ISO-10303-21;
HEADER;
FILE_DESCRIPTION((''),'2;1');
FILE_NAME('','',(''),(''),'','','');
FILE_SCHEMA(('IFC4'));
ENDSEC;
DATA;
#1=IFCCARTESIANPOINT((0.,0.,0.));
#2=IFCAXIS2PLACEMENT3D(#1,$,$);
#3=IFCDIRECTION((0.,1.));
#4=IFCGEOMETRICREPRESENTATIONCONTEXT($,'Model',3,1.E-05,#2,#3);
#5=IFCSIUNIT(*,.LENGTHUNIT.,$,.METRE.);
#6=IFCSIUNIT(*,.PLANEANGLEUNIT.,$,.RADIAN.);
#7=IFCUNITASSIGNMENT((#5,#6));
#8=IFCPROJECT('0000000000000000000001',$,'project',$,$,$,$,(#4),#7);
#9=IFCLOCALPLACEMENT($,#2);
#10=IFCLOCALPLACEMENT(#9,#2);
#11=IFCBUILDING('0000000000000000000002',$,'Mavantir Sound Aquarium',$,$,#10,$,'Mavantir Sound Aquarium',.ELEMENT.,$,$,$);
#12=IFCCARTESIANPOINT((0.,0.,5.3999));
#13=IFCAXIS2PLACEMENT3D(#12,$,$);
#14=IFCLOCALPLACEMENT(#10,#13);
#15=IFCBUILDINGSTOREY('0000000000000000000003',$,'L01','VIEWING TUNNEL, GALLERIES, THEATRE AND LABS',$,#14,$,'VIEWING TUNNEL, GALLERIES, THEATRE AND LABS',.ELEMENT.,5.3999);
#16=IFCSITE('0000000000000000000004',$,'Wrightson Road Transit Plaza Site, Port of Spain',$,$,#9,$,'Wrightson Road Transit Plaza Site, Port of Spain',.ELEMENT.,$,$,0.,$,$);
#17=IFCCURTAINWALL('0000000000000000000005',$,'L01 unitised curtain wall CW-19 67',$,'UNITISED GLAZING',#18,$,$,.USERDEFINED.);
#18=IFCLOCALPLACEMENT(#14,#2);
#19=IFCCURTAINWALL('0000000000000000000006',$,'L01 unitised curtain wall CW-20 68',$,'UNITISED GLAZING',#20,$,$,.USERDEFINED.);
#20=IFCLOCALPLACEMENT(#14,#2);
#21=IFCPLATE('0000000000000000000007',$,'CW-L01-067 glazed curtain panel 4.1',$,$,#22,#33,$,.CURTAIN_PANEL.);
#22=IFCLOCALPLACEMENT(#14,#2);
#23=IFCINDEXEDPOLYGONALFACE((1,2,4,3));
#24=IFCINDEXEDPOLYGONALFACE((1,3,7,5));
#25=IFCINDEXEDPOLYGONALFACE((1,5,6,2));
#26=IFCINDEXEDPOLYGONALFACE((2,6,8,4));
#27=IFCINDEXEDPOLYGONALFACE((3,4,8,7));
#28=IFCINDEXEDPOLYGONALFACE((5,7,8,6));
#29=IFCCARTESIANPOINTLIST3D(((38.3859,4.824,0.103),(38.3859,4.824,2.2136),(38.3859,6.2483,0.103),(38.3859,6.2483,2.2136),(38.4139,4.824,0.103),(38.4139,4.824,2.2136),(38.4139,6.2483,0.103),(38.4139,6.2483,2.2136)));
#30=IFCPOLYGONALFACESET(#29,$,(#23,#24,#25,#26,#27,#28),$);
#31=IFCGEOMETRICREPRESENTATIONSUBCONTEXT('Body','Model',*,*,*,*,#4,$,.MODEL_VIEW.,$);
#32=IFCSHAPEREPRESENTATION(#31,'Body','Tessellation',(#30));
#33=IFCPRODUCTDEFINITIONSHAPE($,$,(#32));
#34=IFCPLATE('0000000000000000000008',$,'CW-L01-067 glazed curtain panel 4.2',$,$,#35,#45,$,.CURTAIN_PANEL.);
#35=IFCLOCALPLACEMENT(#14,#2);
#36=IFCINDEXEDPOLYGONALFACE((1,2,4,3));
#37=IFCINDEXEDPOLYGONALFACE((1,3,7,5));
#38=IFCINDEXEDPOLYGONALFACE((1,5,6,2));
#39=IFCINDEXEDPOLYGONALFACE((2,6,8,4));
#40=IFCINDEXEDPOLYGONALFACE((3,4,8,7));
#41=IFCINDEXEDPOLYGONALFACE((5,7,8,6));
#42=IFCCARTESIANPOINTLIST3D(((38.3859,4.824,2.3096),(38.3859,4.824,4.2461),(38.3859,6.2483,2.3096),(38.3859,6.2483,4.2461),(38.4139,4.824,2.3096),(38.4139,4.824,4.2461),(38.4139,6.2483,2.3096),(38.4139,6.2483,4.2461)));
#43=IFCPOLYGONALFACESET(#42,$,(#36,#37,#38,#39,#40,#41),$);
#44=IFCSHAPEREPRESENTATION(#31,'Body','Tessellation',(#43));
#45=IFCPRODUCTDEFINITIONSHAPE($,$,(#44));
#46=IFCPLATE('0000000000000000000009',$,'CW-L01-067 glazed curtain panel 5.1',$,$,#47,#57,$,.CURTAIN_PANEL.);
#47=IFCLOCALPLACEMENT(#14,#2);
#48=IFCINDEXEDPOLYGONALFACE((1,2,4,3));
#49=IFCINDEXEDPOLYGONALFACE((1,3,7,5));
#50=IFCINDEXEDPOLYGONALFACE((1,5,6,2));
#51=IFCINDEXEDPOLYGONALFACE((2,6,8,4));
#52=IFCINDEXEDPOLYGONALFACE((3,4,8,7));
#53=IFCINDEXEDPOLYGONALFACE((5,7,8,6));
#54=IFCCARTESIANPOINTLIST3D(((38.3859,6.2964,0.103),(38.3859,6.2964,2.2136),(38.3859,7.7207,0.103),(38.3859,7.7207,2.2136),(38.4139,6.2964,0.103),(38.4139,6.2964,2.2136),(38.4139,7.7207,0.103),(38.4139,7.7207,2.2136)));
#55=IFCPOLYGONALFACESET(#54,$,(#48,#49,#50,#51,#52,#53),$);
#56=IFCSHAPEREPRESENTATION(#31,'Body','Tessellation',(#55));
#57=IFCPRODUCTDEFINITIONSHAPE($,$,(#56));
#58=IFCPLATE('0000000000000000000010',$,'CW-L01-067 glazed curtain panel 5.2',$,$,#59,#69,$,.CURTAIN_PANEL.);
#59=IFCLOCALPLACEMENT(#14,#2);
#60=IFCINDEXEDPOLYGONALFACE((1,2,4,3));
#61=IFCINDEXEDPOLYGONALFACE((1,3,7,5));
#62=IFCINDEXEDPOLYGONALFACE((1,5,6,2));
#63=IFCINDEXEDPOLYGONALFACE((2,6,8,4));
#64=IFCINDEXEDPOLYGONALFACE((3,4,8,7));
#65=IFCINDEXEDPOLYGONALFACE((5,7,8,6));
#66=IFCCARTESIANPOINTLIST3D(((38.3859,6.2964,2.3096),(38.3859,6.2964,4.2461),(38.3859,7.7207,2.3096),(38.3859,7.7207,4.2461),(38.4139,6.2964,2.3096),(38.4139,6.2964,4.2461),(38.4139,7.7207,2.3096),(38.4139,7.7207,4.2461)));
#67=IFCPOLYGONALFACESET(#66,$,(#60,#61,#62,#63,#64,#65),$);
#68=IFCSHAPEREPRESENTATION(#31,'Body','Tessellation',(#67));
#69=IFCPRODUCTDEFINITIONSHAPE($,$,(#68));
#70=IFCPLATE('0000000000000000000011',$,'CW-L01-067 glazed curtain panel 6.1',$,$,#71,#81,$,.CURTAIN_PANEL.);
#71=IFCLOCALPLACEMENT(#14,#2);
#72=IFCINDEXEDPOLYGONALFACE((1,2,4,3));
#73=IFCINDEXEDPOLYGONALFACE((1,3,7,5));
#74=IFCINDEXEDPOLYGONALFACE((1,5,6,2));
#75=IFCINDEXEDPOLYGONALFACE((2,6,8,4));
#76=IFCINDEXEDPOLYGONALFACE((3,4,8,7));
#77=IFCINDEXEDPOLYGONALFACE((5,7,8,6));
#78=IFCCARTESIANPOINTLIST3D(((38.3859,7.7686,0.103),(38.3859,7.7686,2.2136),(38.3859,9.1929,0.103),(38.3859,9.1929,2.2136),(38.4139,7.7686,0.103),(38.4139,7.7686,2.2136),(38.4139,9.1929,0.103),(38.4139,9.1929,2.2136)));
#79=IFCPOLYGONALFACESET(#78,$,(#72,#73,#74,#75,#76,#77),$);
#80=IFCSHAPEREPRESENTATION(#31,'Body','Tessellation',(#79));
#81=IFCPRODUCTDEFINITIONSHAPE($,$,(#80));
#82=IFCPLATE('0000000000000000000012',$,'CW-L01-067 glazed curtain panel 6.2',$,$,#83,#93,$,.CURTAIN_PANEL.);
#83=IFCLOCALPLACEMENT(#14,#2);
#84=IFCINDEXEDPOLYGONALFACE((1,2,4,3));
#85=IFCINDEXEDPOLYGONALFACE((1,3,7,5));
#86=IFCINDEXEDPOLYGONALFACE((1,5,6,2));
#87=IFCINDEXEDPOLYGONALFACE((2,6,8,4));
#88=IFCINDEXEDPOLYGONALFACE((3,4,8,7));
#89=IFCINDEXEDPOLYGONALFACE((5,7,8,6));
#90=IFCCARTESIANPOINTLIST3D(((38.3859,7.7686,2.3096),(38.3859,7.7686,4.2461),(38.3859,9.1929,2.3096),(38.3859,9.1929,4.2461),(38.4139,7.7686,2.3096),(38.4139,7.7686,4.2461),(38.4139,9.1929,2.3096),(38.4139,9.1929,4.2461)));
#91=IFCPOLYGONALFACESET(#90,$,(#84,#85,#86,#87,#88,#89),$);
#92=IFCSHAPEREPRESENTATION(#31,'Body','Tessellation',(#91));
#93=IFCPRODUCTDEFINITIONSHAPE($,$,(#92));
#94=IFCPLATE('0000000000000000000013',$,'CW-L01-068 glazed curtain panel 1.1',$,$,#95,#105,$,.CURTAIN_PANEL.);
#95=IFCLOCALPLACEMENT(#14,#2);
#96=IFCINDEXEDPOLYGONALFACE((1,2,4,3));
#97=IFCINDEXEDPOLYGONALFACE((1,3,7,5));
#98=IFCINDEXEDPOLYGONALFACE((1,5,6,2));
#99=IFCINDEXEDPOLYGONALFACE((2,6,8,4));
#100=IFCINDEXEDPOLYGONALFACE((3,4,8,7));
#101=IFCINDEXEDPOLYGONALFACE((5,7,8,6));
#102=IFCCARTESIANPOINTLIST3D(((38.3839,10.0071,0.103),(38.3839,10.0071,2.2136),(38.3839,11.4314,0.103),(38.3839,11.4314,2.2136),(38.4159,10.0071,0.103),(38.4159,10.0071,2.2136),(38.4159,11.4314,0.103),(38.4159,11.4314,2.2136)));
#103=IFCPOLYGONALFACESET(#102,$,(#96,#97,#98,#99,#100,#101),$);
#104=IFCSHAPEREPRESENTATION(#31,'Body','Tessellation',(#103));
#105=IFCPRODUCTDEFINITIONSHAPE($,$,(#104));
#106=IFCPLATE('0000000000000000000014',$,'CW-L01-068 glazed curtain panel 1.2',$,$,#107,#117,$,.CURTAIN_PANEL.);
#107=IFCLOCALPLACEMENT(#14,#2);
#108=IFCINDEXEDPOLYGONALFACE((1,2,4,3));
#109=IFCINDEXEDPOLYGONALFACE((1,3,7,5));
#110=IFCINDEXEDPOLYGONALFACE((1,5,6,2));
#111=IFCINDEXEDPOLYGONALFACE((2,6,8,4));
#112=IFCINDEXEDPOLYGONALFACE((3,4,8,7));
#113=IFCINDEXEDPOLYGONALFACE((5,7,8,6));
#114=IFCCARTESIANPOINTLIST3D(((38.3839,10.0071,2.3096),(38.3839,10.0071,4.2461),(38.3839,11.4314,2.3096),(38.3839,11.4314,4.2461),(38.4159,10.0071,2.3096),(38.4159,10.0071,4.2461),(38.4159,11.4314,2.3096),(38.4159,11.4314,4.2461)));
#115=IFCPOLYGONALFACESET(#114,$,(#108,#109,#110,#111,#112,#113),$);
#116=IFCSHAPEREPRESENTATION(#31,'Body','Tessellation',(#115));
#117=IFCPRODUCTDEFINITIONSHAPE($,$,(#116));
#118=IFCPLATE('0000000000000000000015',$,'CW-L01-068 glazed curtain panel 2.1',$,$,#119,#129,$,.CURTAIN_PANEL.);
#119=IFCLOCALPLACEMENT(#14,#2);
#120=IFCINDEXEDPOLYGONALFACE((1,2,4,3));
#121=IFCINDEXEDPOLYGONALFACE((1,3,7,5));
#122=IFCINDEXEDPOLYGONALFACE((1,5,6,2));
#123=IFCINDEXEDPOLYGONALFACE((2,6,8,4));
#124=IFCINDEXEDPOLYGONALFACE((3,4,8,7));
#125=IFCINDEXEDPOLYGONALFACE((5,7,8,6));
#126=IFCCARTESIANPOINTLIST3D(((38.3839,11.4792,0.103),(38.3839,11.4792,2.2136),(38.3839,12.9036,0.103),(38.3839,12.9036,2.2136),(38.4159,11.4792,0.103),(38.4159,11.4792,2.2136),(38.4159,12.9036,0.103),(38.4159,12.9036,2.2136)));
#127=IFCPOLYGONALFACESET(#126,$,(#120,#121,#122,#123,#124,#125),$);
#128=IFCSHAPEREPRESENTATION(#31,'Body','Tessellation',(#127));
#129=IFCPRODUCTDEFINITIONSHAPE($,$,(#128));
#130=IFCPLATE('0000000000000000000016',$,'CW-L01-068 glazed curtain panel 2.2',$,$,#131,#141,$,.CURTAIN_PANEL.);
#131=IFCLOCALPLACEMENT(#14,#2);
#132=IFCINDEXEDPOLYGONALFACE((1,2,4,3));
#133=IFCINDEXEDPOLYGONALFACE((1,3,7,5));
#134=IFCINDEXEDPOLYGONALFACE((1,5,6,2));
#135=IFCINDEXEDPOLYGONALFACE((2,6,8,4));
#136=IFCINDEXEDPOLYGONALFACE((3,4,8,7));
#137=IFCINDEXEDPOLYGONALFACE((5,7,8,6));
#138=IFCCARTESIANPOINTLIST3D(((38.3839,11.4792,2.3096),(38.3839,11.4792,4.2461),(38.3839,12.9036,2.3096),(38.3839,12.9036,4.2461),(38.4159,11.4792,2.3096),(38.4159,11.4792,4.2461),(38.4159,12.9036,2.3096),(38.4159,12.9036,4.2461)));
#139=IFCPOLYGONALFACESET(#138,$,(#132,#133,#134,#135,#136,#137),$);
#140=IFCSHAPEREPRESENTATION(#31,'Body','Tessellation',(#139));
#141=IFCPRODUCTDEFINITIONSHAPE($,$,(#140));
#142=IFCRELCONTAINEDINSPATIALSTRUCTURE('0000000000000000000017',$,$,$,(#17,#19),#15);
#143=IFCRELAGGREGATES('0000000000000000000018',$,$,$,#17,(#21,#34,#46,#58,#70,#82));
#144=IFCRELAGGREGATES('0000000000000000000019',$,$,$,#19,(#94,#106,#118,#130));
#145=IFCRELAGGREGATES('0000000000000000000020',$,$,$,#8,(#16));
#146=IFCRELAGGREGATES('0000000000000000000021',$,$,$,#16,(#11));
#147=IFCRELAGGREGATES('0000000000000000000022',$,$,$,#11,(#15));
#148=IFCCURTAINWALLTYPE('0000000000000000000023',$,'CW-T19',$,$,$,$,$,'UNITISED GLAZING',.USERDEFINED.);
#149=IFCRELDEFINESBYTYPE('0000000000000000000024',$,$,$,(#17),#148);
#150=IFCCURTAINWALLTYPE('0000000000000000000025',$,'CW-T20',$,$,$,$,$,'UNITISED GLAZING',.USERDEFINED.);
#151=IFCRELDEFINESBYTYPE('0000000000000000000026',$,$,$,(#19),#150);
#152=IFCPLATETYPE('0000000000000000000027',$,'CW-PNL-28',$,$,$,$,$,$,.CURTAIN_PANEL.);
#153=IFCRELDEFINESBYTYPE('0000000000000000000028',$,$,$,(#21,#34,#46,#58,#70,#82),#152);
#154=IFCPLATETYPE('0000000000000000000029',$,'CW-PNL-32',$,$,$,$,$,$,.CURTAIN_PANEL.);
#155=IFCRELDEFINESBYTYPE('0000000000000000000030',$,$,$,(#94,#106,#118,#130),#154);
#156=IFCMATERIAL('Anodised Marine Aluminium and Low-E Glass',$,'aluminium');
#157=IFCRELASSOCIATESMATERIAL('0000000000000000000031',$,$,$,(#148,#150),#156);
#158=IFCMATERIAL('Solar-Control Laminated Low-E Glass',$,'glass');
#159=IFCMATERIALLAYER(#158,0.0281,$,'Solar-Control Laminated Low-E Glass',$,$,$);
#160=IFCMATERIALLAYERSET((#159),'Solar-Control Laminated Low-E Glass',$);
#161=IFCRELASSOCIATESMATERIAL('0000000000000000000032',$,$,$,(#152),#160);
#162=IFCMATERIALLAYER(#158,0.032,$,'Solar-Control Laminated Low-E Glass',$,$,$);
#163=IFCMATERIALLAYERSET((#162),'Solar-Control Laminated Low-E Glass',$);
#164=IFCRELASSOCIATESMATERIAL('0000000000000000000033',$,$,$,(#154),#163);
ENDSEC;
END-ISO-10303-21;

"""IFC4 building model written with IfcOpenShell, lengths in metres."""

from ifc_helpers import new_model, si_unit, direction, frame, origin, origin_2d, place, context, subcontext, project, spatial, rectangle, extrude, material, layer, layer_set, type_object, element, aggregate, save


model = new_model("IFC4")

# Units and contexts
model_context = context("Model", 3, precision=1e-05, world=origin(), true_north=direction((0.0, 1.0)))
body_context = subcontext(model_context, "Body", "Model", "MODEL_VIEW")
ifc_project = project(units=[si_unit("LENGTHUNIT", "METRE"), si_unit("PLANEANGLEUNIT", "RADIAN")], contexts=[model_context])

# Site, building, storey
site_placement = place(None, origin())
site = spatial("IfcSite", under=ifc_project, at=site_placement, Name="Wrightson Road Transit Plaza Site, Port of Spain", LongName="Wrightson Road Transit Plaza Site, Port of Spain", CompositionType="ELEMENT", RefElevation=0.0)
building_placement = place(site_placement, origin())
building = spatial("IfcBuilding", under=site, at=building_placement, Name="Mavantir Sound Aquarium", LongName="Mavantir Sound Aquarium", CompositionType="ELEMENT")
storey_placement = place(building_placement, frame((0.0, 0.0, 5.3999)))
storey = spatial("IfcBuildingStorey", under=building, at=storey_placement, Name="L01", Description="VIEWING TUNNEL, GALLERIES, THEATRE AND LABS", LongName="VIEWING TUNNEL, GALLERIES, THEATRE AND LABS", CompositionType="ELEMENT", Elevation=5.3999)

# Curtain walls
ifc_material_1 = material(Name="Anodised Marine Aluminium and Low-E Glass", Category="aluminium")
curtain_wall_type_1 = type_object("IfcCurtainWallType", Name="CW-T19", ElementType="UNITISED GLAZING", PredefinedType="USERDEFINED", material=ifc_material_1)
curtain_wall_1_placement = place(storey_placement, origin())
curtain_wall_1 = element("IfcCurtainWall", 1, at=curtain_wall_1_placement, inside=storey, type_object=curtain_wall_type_1, Name="L01 unitised curtain wall CW-19 67", ObjectType="UNITISED GLAZING", PredefinedType="USERDEFINED")
curtain_wall_type_2 = type_object("IfcCurtainWallType", Name="CW-T20", ElementType="UNITISED GLAZING", PredefinedType="USERDEFINED", material=ifc_material_1)
curtain_wall_2_placement = place(storey_placement, origin())
curtain_wall_2 = element("IfcCurtainWall", 2, at=curtain_wall_2_placement, inside=storey, type_object=curtain_wall_type_2, Name="L01 unitised curtain wall CW-20 68", ObjectType="UNITISED GLAZING", PredefinedType="USERDEFINED")

# Plates
ifc_material_2 = material(Name="Solar-Control Laminated Low-E Glass", Category="glass")
ifc_layer_1 = layer(ifc_material_2, 0.0281, Name="Solar-Control Laminated Low-E Glass")
ifc_layer_set_1 = layer_set([ifc_layer_1], Name="Solar-Control Laminated Low-E Glass")
plate_type_1 = type_object("IfcPlateType", Name="CW-PNL-28", PredefinedType="CURTAIN_PANEL", material=ifc_layer_set_1)
plate_1_placement = place(storey_placement, frame((38.3999, 5.5361, 0.103), z_axis=(0.0, 0.0, 1.0), x_axis=(0.0, 1.0, 0.0)))
plate_1 = element("IfcPlate", 3, at=plate_1_placement, type_object=plate_type_1, Name="CW-L01-067 glazed curtain panel 4.1", PredefinedType="CURTAIN_PANEL", context=body_context, shape_type="SweptSolid", body=[
    extrude(rectangle(XDim=1.4243, YDim=0.0281, at=origin_2d()), origin(), (0.0, 0.0, 1.0), 2.1106),
])
plate_2_placement = place(storey_placement, frame((38.3999, 5.5361, 2.3096), z_axis=(0.0, 0.0, 1.0), x_axis=(0.0, 1.0, 0.0)))
plate_2 = element("IfcPlate", 4, at=plate_2_placement, type_object=plate_type_1, Name="CW-L01-067 glazed curtain panel 4.2", PredefinedType="CURTAIN_PANEL", context=body_context, shape_type="SweptSolid", body=[
    extrude(rectangle(XDim=1.4243, YDim=0.0281, at=origin_2d()), origin(), (0.0, 0.0, 1.0), 1.9365),
])
plate_3_placement = place(storey_placement, frame((38.3999, 7.0085, 0.103), z_axis=(0.0, 0.0, 1.0), x_axis=(0.0, 1.0, 0.0)))
plate_3 = element("IfcPlate", 5, at=plate_3_placement, type_object=plate_type_1, Name="CW-L01-067 glazed curtain panel 5.1", PredefinedType="CURTAIN_PANEL", context=body_context, shape_type="SweptSolid", body=[
    extrude(rectangle(XDim=1.4243, YDim=0.0281, at=origin_2d()), origin(), (0.0, 0.0, 1.0), 2.1106),
])
plate_4_placement = place(storey_placement, frame((38.3999, 7.0085, 2.3096), z_axis=(0.0, 0.0, 1.0), x_axis=(0.0, 1.0, 0.0)))
plate_4 = element("IfcPlate", 6, at=plate_4_placement, type_object=plate_type_1, Name="CW-L01-067 glazed curtain panel 5.2", PredefinedType="CURTAIN_PANEL", context=body_context, shape_type="SweptSolid", body=[
    extrude(rectangle(XDim=1.4243, YDim=0.0281, at=origin_2d()), origin(), (0.0, 0.0, 1.0), 1.9365),
])
plate_5_placement = place(storey_placement, frame((38.3999, 8.4807, 0.103), z_axis=(0.0, 0.0, 1.0), x_axis=(0.0, 1.0, 0.0)))
plate_5 = element("IfcPlate", 7, at=plate_5_placement, type_object=plate_type_1, Name="CW-L01-067 glazed curtain panel 6.1", PredefinedType="CURTAIN_PANEL", context=body_context, shape_type="SweptSolid", body=[
    extrude(rectangle(XDim=1.4243, YDim=0.0281, at=origin_2d()), origin(), (0.0, 0.0, 1.0), 2.1106),
])
plate_6_placement = place(storey_placement, frame((38.3999, 8.4807, 2.3096), z_axis=(0.0, 0.0, 1.0), x_axis=(0.0, 1.0, 0.0)))
plate_6 = element("IfcPlate", 8, at=plate_6_placement, type_object=plate_type_1, Name="CW-L01-067 glazed curtain panel 6.2", PredefinedType="CURTAIN_PANEL", context=body_context, shape_type="SweptSolid", body=[
    extrude(rectangle(XDim=1.4243, YDim=0.0281, at=origin_2d()), origin(), (0.0, 0.0, 1.0), 1.9365),
])
aggregate(curtain_wall_1, [plate_1, plate_2, plate_3, plate_4, plate_5, plate_6])
ifc_layer_2 = layer(ifc_material_2, 0.032, Name="Solar-Control Laminated Low-E Glass")
ifc_layer_set_2 = layer_set([ifc_layer_2], Name="Solar-Control Laminated Low-E Glass")
plate_type_2 = type_object("IfcPlateType", Name="CW-PNL-32", PredefinedType="CURTAIN_PANEL", material=ifc_layer_set_2)
plate_7_placement = place(storey_placement, frame((38.3999, 10.7192, 0.103), z_axis=(0.0, 0.0, 1.0), x_axis=(0.0, 1.0, 0.0)))
plate_7 = element("IfcPlate", 9, at=plate_7_placement, type_object=plate_type_2, Name="CW-L01-068 glazed curtain panel 1.1", PredefinedType="CURTAIN_PANEL", context=body_context, shape_type="SweptSolid", body=[
    extrude(rectangle(XDim=1.4243, YDim=0.032, at=origin_2d()), origin(), (0.0, 0.0, 1.0), 2.1106),
])
plate_8_placement = place(storey_placement, frame((38.3999, 10.7192, 2.3096), z_axis=(0.0, 0.0, 1.0), x_axis=(0.0, 1.0, 0.0)))
plate_8 = element("IfcPlate", 10, at=plate_8_placement, type_object=plate_type_2, Name="CW-L01-068 glazed curtain panel 1.2", PredefinedType="CURTAIN_PANEL", context=body_context, shape_type="SweptSolid", body=[
    extrude(rectangle(XDim=1.4243, YDim=0.032, at=origin_2d()), origin(), (0.0, 0.0, 1.0), 1.9365),
])
plate_9_placement = place(storey_placement, frame((38.3999, 12.1914, 0.103), z_axis=(0.0, 0.0, 1.0), x_axis=(0.0, 1.0, 0.0)))
plate_9 = element("IfcPlate", 11, at=plate_9_placement, type_object=plate_type_2, Name="CW-L01-068 glazed curtain panel 2.1", PredefinedType="CURTAIN_PANEL", context=body_context, shape_type="SweptSolid", body=[
    extrude(rectangle(XDim=1.4243, YDim=0.032, at=origin_2d()), origin(), (0.0, 0.0, 1.0), 2.1106),
])
plate_10_placement = place(storey_placement, frame((38.3999, 12.1914, 2.3096), z_axis=(0.0, 0.0, 1.0), x_axis=(0.0, 1.0, 0.0)))
plate_10 = element("IfcPlate", 12, at=plate_10_placement, type_object=plate_type_2, Name="CW-L01-068 glazed curtain panel 2.2", PredefinedType="CURTAIN_PANEL", context=body_context, shape_type="SweptSolid", body=[
    extrude(rectangle(XDim=1.4243, YDim=0.032, at=origin_2d()), origin(), (0.0, 0.0, 1.0), 1.9365),
])
aggregate(curtain_wall_2, [plate_7, plate_8, plate_9, plate_10])

save(model, "model.ifc")
